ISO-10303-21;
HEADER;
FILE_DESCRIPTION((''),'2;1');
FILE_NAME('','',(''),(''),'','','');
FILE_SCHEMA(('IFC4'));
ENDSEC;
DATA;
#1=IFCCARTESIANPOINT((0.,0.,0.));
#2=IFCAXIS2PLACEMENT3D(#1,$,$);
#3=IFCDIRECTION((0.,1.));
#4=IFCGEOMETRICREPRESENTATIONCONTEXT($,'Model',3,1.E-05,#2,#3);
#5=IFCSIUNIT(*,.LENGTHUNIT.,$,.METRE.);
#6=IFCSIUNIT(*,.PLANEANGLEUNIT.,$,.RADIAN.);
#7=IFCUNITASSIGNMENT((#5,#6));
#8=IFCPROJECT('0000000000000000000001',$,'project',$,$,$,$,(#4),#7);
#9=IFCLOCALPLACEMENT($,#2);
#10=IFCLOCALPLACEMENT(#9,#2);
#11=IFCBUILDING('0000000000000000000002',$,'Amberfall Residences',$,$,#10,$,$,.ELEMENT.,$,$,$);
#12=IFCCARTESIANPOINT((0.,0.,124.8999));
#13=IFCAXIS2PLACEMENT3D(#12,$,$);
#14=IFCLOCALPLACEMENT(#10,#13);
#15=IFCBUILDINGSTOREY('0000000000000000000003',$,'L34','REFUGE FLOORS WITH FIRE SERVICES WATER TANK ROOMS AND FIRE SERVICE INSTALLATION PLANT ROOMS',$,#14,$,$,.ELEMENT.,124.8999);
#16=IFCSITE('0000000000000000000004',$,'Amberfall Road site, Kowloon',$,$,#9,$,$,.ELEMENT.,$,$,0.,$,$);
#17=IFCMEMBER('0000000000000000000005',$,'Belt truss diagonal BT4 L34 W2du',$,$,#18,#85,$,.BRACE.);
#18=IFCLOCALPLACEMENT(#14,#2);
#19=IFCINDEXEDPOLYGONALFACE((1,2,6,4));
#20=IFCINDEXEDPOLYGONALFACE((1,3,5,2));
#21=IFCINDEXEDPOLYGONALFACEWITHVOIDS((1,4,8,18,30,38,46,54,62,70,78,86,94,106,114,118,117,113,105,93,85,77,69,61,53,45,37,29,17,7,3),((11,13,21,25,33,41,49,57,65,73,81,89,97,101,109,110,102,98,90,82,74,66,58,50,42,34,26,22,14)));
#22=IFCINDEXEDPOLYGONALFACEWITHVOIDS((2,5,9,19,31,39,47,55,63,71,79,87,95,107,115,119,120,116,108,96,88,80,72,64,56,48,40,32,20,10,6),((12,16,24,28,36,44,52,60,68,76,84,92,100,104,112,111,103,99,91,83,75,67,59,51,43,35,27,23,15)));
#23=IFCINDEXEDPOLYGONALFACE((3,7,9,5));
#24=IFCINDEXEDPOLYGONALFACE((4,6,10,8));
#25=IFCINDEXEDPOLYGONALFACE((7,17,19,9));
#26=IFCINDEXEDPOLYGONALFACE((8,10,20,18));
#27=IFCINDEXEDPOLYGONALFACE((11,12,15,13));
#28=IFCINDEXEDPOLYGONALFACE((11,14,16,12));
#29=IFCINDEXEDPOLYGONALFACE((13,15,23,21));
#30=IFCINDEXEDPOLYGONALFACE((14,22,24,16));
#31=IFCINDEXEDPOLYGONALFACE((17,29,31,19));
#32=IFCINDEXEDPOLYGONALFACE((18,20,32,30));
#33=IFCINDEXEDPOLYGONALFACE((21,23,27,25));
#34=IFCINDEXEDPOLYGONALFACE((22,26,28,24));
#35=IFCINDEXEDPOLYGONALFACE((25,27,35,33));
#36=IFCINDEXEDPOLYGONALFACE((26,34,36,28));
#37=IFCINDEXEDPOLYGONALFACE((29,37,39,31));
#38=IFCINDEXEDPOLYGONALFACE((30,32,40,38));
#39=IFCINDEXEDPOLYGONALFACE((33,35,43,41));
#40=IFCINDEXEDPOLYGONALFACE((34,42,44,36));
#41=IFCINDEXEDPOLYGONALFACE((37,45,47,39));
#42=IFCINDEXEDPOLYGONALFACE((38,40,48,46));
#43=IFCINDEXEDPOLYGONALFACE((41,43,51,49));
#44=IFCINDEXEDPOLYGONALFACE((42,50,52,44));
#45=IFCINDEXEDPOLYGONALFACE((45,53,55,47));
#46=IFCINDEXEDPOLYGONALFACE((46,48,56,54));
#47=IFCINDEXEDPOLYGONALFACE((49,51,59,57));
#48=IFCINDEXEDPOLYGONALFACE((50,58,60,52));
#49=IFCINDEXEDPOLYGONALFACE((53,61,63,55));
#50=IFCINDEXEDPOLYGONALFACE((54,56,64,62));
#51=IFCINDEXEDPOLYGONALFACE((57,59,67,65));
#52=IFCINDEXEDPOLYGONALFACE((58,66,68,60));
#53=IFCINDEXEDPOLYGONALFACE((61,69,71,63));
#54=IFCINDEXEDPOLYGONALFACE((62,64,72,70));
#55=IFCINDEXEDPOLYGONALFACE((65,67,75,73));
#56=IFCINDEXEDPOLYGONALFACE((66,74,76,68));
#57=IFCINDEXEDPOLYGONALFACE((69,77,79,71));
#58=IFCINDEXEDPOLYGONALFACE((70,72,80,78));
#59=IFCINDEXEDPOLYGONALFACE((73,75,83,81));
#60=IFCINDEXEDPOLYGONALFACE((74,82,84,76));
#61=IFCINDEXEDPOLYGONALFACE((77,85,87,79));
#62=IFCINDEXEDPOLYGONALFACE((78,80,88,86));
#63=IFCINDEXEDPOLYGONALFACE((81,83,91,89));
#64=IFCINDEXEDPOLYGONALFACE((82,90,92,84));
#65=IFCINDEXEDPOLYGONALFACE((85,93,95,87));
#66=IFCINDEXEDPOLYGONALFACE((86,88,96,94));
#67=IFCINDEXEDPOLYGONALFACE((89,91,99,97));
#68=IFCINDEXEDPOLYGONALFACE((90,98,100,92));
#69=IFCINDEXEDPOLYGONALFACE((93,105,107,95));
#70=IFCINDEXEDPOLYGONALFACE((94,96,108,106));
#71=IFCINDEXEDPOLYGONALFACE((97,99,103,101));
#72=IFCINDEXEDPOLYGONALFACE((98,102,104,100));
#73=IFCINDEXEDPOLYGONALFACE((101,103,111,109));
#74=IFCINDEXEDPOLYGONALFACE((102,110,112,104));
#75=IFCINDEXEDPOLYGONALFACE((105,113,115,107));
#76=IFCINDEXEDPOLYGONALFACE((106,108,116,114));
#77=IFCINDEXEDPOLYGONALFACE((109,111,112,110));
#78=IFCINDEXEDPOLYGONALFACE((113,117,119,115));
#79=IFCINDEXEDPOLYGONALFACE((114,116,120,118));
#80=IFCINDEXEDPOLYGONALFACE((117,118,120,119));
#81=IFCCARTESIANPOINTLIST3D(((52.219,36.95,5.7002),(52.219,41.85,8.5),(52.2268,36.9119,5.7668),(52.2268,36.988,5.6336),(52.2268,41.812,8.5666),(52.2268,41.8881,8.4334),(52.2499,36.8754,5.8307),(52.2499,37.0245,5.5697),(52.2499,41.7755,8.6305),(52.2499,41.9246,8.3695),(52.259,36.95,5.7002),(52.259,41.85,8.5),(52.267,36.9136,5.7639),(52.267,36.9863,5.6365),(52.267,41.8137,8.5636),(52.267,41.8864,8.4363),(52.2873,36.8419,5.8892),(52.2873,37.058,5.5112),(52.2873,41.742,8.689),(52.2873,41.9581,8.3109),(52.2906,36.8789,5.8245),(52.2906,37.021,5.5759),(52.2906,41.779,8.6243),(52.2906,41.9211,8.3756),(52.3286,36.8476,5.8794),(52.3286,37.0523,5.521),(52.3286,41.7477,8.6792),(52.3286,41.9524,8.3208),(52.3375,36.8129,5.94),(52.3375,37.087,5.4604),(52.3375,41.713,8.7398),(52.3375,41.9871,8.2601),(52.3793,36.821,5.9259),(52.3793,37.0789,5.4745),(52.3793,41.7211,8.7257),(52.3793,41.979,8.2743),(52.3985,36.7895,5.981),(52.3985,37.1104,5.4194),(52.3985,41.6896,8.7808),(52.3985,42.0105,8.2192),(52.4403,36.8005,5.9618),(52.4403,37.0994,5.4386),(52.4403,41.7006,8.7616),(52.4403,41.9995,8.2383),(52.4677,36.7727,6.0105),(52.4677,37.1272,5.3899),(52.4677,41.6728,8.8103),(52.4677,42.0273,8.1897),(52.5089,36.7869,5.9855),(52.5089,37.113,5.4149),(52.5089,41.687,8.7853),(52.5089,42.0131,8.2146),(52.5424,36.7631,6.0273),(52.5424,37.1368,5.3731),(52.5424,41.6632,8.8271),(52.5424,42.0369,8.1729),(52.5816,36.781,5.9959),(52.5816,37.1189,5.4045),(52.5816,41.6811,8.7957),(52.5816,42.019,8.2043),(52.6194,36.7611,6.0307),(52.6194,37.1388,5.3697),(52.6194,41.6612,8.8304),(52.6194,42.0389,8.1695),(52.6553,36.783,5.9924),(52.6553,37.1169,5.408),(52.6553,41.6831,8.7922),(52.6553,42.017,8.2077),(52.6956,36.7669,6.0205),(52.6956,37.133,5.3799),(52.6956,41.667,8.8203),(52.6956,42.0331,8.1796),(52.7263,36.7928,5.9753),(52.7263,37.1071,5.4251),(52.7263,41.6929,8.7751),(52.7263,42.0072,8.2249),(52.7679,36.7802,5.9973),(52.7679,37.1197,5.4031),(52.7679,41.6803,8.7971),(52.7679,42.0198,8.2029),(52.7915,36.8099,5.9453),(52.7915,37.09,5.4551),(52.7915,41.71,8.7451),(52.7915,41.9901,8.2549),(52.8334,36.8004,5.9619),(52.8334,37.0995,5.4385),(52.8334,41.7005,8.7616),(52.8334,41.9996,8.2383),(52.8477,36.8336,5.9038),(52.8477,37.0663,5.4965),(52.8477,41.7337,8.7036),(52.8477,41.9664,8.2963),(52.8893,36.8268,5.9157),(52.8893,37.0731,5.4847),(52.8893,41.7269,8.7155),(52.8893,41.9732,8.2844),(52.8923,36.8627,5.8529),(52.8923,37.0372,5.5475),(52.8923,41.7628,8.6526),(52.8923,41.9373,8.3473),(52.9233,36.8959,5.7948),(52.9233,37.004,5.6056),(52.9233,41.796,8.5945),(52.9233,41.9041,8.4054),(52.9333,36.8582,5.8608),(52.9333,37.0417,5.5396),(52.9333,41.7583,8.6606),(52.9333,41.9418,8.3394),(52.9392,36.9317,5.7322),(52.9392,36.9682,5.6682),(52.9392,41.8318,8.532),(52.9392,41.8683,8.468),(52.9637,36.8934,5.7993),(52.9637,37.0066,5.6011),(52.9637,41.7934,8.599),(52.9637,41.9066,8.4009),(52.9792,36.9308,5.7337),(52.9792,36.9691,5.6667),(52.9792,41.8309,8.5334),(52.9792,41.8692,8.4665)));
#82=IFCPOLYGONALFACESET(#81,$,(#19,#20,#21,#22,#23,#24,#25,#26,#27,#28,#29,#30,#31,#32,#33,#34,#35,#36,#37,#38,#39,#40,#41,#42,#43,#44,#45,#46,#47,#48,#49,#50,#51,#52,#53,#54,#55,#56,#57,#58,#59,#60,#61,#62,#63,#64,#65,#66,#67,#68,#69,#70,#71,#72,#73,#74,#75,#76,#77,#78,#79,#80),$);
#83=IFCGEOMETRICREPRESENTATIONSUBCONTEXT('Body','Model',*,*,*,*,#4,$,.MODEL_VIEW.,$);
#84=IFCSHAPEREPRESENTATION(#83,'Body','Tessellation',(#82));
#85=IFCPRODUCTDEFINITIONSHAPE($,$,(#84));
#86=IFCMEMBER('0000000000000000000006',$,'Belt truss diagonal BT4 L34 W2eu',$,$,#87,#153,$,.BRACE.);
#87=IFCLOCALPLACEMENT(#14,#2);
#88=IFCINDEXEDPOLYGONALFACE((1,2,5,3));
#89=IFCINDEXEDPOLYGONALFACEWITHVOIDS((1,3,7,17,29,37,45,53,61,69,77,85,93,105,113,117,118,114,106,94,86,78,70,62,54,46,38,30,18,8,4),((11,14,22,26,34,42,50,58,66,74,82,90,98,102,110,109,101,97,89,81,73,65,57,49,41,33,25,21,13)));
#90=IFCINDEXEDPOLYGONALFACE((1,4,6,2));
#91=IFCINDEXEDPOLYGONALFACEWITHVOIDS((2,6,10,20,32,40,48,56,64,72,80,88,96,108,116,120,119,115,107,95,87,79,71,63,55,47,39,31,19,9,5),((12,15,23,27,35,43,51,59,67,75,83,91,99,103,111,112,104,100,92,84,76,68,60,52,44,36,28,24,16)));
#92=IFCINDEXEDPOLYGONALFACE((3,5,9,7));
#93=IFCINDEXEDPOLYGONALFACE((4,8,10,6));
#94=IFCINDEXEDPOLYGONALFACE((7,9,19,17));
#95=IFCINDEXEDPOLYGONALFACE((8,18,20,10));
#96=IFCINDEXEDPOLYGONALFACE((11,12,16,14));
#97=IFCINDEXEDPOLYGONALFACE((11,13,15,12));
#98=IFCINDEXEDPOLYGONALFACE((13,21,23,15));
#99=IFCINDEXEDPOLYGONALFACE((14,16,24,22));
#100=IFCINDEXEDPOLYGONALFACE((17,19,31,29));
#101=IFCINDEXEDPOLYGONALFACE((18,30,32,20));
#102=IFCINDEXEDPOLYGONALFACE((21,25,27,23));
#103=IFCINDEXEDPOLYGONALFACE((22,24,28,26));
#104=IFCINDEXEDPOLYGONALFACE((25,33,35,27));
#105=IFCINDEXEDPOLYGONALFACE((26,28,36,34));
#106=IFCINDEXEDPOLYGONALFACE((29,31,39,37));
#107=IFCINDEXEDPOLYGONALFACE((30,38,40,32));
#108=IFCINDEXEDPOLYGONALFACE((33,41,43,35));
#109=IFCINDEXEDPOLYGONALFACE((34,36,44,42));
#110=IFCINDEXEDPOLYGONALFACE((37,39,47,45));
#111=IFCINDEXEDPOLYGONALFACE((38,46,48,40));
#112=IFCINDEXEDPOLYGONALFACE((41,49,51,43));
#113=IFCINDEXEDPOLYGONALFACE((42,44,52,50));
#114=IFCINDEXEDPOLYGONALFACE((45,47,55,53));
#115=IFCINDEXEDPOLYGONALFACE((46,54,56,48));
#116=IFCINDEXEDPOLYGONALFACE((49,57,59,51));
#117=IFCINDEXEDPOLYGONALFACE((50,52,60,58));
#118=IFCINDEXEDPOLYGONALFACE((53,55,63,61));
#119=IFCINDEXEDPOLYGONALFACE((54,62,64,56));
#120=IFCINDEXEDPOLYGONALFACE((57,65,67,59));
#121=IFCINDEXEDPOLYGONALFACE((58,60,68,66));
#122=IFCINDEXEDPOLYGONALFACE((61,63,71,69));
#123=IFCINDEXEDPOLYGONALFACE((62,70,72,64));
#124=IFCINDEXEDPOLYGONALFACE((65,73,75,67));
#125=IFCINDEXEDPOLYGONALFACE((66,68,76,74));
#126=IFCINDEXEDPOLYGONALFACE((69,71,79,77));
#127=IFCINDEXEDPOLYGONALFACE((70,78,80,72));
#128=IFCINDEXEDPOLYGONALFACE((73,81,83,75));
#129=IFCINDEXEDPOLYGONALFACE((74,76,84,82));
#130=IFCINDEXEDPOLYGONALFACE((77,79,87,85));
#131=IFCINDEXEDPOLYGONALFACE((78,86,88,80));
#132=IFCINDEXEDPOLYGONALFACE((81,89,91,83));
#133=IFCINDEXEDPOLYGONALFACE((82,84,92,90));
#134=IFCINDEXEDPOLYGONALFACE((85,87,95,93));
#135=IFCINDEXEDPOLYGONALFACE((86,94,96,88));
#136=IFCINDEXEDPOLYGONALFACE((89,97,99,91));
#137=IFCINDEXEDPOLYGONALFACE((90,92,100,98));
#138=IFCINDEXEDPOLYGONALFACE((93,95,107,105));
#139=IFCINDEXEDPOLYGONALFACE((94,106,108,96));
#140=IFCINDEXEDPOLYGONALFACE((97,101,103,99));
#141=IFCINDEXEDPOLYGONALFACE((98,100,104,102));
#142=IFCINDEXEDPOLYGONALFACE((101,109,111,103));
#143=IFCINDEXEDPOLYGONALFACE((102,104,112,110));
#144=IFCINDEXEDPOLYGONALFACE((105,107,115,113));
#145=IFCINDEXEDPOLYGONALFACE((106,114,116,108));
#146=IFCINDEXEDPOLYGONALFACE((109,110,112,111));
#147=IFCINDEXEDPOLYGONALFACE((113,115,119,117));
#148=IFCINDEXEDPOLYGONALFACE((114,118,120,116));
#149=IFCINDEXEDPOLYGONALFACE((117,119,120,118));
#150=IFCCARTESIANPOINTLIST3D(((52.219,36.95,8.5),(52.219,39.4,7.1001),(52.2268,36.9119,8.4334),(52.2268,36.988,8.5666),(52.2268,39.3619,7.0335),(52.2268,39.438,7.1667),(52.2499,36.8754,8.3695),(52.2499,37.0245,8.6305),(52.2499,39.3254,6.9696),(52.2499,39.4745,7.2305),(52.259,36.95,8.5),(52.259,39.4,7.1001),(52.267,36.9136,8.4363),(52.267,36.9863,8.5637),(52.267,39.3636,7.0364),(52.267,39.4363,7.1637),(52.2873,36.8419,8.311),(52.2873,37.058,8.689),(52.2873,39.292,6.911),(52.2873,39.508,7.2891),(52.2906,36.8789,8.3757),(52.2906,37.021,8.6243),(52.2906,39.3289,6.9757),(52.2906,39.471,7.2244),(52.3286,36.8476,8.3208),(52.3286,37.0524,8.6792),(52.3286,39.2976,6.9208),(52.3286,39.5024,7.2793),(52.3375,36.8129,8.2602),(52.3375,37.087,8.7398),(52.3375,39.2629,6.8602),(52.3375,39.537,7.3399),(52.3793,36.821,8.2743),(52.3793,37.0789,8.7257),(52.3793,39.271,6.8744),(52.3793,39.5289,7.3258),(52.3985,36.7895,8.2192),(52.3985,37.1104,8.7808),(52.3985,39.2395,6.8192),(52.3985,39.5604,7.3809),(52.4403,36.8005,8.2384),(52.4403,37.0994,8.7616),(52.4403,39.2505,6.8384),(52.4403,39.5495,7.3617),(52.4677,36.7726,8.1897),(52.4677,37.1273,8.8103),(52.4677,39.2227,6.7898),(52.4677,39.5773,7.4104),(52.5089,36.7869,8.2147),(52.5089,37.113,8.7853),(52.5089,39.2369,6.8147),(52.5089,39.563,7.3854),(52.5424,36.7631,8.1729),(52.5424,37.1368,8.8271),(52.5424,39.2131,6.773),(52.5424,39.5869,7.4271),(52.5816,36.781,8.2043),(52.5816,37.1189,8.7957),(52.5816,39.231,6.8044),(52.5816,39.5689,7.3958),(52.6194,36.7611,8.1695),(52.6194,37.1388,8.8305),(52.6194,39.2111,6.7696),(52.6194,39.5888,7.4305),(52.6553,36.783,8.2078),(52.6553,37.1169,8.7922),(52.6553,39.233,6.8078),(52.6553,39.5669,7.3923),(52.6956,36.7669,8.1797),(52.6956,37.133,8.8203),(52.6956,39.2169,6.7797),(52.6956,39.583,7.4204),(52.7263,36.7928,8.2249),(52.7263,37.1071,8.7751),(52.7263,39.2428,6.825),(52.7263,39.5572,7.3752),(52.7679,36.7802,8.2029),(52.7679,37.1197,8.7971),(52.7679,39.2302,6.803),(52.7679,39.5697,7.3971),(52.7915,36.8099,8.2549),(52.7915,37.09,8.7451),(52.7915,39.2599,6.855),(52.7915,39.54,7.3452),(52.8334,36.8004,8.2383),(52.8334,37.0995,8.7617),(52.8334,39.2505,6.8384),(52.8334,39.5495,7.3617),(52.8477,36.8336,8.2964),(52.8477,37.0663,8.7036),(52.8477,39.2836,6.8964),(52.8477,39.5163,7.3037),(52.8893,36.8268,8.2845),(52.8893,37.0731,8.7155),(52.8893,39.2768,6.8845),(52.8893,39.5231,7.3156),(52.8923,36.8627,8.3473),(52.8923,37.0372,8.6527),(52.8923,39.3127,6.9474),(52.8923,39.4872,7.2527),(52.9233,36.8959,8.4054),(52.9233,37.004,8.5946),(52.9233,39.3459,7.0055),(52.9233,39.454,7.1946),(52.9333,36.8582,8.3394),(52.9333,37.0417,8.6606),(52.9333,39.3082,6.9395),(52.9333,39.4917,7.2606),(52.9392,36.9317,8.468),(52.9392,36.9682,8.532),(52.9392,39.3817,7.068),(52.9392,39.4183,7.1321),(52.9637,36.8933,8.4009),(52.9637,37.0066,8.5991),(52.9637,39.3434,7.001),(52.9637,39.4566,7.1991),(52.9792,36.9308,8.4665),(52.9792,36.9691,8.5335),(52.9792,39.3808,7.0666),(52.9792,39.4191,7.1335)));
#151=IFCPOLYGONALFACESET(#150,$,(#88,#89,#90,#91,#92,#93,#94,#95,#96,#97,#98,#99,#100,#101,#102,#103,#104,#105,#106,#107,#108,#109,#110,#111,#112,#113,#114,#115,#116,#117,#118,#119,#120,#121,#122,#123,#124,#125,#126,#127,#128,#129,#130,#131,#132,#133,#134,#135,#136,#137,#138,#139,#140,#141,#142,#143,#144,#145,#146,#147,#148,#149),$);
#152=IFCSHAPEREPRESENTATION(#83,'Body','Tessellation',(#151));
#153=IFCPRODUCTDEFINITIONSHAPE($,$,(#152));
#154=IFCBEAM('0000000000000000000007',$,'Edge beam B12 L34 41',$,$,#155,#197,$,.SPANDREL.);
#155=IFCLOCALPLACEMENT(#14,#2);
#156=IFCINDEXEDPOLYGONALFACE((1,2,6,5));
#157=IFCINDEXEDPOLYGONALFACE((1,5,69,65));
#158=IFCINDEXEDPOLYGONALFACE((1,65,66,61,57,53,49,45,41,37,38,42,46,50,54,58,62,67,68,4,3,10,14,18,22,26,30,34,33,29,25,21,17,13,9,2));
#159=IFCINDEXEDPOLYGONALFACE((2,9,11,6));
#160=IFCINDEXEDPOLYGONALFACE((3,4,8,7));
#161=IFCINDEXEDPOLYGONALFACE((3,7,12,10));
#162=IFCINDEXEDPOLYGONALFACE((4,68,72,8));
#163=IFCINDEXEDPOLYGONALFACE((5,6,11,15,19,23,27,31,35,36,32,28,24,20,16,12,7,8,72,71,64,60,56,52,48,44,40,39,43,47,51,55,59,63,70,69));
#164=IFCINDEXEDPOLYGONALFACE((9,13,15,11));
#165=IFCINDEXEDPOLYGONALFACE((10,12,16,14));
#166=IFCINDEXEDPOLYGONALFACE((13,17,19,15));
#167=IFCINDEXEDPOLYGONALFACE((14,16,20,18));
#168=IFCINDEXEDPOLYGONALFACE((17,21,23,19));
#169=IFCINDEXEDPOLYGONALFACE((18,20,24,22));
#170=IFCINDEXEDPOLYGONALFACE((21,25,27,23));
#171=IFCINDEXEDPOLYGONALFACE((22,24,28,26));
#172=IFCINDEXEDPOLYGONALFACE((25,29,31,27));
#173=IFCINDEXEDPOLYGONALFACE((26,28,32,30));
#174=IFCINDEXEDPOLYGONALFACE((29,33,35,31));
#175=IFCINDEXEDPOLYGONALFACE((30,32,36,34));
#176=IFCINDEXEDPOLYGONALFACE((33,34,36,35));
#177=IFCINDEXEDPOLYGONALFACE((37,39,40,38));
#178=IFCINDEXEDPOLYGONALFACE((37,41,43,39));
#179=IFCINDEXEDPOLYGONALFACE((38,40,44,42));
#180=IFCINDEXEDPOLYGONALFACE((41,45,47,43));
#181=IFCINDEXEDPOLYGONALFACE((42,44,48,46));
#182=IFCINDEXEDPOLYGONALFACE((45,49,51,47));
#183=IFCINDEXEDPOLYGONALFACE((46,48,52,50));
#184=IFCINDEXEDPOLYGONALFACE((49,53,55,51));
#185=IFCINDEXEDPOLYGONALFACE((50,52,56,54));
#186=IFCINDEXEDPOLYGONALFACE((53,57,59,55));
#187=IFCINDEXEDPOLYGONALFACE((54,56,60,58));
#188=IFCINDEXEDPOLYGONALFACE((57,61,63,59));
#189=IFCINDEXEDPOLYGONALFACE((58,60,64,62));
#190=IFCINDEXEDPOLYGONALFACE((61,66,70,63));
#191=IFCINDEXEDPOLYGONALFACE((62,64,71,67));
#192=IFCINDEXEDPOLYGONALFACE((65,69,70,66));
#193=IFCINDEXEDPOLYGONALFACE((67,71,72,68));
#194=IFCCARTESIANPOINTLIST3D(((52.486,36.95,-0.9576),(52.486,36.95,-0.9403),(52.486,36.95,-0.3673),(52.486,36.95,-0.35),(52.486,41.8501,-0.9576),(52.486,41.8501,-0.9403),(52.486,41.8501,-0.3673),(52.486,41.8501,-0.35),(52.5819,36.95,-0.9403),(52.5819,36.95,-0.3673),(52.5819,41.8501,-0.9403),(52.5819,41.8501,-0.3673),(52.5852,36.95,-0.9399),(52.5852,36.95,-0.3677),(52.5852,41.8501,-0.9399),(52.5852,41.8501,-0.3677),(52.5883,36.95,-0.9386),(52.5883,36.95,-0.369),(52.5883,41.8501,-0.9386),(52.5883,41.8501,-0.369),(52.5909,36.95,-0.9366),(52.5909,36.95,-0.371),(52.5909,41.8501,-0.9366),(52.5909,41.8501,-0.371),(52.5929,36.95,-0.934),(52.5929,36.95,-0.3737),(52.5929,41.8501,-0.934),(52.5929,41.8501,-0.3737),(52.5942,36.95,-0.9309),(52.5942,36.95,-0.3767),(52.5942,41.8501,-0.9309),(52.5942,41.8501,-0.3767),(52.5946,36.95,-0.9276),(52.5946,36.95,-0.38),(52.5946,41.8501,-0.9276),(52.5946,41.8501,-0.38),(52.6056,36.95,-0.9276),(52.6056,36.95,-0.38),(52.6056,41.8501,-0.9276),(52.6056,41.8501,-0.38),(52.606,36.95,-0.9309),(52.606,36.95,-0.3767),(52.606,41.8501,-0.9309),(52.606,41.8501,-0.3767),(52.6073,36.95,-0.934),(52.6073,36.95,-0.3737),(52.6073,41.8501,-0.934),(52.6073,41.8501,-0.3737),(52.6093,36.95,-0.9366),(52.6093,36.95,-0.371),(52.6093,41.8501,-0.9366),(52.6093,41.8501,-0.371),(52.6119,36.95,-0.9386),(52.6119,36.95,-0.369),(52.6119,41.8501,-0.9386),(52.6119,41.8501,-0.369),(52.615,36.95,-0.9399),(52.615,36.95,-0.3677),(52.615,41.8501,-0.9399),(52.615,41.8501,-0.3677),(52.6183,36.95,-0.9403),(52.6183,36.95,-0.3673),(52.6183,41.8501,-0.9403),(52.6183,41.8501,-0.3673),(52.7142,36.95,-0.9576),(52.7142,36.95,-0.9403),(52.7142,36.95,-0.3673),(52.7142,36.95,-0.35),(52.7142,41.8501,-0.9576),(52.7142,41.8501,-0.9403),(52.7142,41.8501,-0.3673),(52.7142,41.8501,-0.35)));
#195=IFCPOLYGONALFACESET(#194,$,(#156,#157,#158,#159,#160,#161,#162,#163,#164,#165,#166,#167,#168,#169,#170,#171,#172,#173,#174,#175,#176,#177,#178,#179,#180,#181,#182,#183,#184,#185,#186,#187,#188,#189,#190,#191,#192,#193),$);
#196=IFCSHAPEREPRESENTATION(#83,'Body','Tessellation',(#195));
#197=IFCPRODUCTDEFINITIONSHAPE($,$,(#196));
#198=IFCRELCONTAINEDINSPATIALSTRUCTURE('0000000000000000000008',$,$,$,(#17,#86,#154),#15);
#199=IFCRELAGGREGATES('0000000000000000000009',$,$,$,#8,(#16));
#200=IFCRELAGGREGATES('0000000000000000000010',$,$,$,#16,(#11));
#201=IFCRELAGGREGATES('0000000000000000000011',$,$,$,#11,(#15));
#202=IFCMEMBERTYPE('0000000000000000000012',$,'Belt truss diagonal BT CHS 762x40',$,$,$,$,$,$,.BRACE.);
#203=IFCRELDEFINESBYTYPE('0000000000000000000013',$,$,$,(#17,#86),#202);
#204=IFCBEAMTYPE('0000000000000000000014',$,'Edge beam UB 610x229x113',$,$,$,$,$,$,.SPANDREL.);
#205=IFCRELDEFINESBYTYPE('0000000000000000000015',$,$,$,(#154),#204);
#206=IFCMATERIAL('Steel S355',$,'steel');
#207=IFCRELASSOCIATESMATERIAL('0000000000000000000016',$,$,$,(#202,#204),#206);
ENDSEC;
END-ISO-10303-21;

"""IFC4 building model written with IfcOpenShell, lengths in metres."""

from ifc_helpers import new_model, si_unit, direction, frame, origin, origin_2d, place, context, subcontext, project, spatial, hollow_circle, i_section, extrude, material, material_profile, profile_set, type_object, element, save


model = new_model("IFC4")

# Units and contexts
model_context = context("Model", 3, precision=1e-05, world=origin(), true_north=direction((0.0, 1.0)))
body_context = subcontext(model_context, "Body", "Model", "MODEL_VIEW")
ifc_project = project(units=[si_unit("LENGTHUNIT", "METRE"), si_unit("PLANEANGLEUNIT", "RADIAN")], contexts=[model_context])

# Site, building, storey
site_placement = place(None, origin())
site = spatial("IfcSite", under=ifc_project, at=site_placement, Name="Amberfall Road site, Kowloon", CompositionType="ELEMENT", RefElevation=0.0)
building_placement = place(site_placement, origin())
building = spatial("IfcBuilding", under=site, at=building_placement, Name="Amberfall Residences", CompositionType="ELEMENT")
storey_placement = place(building_placement, frame((0.0, 0.0, 124.8999)))
storey = spatial("IfcBuildingStorey", under=building, at=storey_placement, Name="L34", Description="REFUGE FLOORS WITH FIRE SERVICES WATER TANK ROOMS AND FIRE SERVICE INSTALLATION PLANT ROOMS", CompositionType="ELEMENT", Elevation=124.8999)

# Shared definitions
ifc_material_1 = material(Name="Steel S355", Category="steel")

# Members
ifc_material_profile_1 = material_profile(ifc_material_1, hollow_circle(Radius=0.3811, WallThickness=0.04, at=origin_2d()), Name="CHS 762x40")
ifc_profile_set_1 = profile_set([ifc_material_profile_1], Name="Steel S355")
member_type = type_object("IfcMemberType", Name="Belt truss diagonal BT CHS 762x40", PredefinedType="BRACE", material=ifc_profile_set_1)
member_1_placement = place(storey_placement, frame((52.6001, 36.95, 5.7002), z_axis=(0.0, 0.868264, 0.496102), x_axis=(-1.0, 0.0, 0.0)))
element("IfcMember", 1, at=member_1_placement, inside=storey, type_object=member_type, Name="Belt truss diagonal BT4 L34 W2du", PredefinedType="BRACE", context=body_context, shape_type="SweptSolid", body=[
    extrude(hollow_circle(Radius=0.3811, WallThickness=0.04, at=origin_2d()), origin(), (0.0, 0.0, 1.0), 5.6436),
])
member_2_placement = place(storey_placement, frame((52.6001, 36.95, 8.5), z_axis=(0.0, 0.868254, -0.49612), x_axis=(-1.0, 0.0, 0.0)))
element("IfcMember", 2, at=member_2_placement, inside=storey, type_object=member_type, Name="Belt truss diagonal BT4 L34 W2eu", PredefinedType="BRACE", context=body_context, shape_type="SweptSolid", body=[
    extrude(hollow_circle(Radius=0.3811, WallThickness=0.04, at=origin_2d()), origin(), (0.0, 0.0, 1.0), 2.8218),
])

# Beam
ifc_material_profile_2 = material_profile(ifc_material_1, i_section(OverallWidth=0.2283, OverallDepth=0.6077, WebThickness=0.011, FlangeThickness=0.0173, FilletRadius=0.0127, at=origin_2d()), Name="UB 610x229x113")
ifc_profile_set_2 = profile_set([ifc_material_profile_2], Name="Steel S355")
beam_type_1 = type_object("IfcBeamType", Name="Edge beam UB 610x229x113", PredefinedType="SPANDREL", material=ifc_profile_set_2)
beam_placement = place(storey_placement, frame((52.6001, 36.95, -0.6538), z_axis=(0.0, 1.0, 0.0), x_axis=(-1.0, 0.0, 0.0)))
element("IfcBeam", 3, at=beam_placement, inside=storey, type_object=beam_type_1, Name="Edge beam B12 L34 41", PredefinedType="SPANDREL", context=body_context, shape_type="SweptSolid", body=[
    extrude(i_section(OverallWidth=0.2283, OverallDepth=0.6077, WebThickness=0.011, FlangeThickness=0.0173, FilletRadius=0.0127, at=origin_2d()), origin(), (0.0, 0.0, 1.0), 4.9001),
])

save(model, "model.ifc")
